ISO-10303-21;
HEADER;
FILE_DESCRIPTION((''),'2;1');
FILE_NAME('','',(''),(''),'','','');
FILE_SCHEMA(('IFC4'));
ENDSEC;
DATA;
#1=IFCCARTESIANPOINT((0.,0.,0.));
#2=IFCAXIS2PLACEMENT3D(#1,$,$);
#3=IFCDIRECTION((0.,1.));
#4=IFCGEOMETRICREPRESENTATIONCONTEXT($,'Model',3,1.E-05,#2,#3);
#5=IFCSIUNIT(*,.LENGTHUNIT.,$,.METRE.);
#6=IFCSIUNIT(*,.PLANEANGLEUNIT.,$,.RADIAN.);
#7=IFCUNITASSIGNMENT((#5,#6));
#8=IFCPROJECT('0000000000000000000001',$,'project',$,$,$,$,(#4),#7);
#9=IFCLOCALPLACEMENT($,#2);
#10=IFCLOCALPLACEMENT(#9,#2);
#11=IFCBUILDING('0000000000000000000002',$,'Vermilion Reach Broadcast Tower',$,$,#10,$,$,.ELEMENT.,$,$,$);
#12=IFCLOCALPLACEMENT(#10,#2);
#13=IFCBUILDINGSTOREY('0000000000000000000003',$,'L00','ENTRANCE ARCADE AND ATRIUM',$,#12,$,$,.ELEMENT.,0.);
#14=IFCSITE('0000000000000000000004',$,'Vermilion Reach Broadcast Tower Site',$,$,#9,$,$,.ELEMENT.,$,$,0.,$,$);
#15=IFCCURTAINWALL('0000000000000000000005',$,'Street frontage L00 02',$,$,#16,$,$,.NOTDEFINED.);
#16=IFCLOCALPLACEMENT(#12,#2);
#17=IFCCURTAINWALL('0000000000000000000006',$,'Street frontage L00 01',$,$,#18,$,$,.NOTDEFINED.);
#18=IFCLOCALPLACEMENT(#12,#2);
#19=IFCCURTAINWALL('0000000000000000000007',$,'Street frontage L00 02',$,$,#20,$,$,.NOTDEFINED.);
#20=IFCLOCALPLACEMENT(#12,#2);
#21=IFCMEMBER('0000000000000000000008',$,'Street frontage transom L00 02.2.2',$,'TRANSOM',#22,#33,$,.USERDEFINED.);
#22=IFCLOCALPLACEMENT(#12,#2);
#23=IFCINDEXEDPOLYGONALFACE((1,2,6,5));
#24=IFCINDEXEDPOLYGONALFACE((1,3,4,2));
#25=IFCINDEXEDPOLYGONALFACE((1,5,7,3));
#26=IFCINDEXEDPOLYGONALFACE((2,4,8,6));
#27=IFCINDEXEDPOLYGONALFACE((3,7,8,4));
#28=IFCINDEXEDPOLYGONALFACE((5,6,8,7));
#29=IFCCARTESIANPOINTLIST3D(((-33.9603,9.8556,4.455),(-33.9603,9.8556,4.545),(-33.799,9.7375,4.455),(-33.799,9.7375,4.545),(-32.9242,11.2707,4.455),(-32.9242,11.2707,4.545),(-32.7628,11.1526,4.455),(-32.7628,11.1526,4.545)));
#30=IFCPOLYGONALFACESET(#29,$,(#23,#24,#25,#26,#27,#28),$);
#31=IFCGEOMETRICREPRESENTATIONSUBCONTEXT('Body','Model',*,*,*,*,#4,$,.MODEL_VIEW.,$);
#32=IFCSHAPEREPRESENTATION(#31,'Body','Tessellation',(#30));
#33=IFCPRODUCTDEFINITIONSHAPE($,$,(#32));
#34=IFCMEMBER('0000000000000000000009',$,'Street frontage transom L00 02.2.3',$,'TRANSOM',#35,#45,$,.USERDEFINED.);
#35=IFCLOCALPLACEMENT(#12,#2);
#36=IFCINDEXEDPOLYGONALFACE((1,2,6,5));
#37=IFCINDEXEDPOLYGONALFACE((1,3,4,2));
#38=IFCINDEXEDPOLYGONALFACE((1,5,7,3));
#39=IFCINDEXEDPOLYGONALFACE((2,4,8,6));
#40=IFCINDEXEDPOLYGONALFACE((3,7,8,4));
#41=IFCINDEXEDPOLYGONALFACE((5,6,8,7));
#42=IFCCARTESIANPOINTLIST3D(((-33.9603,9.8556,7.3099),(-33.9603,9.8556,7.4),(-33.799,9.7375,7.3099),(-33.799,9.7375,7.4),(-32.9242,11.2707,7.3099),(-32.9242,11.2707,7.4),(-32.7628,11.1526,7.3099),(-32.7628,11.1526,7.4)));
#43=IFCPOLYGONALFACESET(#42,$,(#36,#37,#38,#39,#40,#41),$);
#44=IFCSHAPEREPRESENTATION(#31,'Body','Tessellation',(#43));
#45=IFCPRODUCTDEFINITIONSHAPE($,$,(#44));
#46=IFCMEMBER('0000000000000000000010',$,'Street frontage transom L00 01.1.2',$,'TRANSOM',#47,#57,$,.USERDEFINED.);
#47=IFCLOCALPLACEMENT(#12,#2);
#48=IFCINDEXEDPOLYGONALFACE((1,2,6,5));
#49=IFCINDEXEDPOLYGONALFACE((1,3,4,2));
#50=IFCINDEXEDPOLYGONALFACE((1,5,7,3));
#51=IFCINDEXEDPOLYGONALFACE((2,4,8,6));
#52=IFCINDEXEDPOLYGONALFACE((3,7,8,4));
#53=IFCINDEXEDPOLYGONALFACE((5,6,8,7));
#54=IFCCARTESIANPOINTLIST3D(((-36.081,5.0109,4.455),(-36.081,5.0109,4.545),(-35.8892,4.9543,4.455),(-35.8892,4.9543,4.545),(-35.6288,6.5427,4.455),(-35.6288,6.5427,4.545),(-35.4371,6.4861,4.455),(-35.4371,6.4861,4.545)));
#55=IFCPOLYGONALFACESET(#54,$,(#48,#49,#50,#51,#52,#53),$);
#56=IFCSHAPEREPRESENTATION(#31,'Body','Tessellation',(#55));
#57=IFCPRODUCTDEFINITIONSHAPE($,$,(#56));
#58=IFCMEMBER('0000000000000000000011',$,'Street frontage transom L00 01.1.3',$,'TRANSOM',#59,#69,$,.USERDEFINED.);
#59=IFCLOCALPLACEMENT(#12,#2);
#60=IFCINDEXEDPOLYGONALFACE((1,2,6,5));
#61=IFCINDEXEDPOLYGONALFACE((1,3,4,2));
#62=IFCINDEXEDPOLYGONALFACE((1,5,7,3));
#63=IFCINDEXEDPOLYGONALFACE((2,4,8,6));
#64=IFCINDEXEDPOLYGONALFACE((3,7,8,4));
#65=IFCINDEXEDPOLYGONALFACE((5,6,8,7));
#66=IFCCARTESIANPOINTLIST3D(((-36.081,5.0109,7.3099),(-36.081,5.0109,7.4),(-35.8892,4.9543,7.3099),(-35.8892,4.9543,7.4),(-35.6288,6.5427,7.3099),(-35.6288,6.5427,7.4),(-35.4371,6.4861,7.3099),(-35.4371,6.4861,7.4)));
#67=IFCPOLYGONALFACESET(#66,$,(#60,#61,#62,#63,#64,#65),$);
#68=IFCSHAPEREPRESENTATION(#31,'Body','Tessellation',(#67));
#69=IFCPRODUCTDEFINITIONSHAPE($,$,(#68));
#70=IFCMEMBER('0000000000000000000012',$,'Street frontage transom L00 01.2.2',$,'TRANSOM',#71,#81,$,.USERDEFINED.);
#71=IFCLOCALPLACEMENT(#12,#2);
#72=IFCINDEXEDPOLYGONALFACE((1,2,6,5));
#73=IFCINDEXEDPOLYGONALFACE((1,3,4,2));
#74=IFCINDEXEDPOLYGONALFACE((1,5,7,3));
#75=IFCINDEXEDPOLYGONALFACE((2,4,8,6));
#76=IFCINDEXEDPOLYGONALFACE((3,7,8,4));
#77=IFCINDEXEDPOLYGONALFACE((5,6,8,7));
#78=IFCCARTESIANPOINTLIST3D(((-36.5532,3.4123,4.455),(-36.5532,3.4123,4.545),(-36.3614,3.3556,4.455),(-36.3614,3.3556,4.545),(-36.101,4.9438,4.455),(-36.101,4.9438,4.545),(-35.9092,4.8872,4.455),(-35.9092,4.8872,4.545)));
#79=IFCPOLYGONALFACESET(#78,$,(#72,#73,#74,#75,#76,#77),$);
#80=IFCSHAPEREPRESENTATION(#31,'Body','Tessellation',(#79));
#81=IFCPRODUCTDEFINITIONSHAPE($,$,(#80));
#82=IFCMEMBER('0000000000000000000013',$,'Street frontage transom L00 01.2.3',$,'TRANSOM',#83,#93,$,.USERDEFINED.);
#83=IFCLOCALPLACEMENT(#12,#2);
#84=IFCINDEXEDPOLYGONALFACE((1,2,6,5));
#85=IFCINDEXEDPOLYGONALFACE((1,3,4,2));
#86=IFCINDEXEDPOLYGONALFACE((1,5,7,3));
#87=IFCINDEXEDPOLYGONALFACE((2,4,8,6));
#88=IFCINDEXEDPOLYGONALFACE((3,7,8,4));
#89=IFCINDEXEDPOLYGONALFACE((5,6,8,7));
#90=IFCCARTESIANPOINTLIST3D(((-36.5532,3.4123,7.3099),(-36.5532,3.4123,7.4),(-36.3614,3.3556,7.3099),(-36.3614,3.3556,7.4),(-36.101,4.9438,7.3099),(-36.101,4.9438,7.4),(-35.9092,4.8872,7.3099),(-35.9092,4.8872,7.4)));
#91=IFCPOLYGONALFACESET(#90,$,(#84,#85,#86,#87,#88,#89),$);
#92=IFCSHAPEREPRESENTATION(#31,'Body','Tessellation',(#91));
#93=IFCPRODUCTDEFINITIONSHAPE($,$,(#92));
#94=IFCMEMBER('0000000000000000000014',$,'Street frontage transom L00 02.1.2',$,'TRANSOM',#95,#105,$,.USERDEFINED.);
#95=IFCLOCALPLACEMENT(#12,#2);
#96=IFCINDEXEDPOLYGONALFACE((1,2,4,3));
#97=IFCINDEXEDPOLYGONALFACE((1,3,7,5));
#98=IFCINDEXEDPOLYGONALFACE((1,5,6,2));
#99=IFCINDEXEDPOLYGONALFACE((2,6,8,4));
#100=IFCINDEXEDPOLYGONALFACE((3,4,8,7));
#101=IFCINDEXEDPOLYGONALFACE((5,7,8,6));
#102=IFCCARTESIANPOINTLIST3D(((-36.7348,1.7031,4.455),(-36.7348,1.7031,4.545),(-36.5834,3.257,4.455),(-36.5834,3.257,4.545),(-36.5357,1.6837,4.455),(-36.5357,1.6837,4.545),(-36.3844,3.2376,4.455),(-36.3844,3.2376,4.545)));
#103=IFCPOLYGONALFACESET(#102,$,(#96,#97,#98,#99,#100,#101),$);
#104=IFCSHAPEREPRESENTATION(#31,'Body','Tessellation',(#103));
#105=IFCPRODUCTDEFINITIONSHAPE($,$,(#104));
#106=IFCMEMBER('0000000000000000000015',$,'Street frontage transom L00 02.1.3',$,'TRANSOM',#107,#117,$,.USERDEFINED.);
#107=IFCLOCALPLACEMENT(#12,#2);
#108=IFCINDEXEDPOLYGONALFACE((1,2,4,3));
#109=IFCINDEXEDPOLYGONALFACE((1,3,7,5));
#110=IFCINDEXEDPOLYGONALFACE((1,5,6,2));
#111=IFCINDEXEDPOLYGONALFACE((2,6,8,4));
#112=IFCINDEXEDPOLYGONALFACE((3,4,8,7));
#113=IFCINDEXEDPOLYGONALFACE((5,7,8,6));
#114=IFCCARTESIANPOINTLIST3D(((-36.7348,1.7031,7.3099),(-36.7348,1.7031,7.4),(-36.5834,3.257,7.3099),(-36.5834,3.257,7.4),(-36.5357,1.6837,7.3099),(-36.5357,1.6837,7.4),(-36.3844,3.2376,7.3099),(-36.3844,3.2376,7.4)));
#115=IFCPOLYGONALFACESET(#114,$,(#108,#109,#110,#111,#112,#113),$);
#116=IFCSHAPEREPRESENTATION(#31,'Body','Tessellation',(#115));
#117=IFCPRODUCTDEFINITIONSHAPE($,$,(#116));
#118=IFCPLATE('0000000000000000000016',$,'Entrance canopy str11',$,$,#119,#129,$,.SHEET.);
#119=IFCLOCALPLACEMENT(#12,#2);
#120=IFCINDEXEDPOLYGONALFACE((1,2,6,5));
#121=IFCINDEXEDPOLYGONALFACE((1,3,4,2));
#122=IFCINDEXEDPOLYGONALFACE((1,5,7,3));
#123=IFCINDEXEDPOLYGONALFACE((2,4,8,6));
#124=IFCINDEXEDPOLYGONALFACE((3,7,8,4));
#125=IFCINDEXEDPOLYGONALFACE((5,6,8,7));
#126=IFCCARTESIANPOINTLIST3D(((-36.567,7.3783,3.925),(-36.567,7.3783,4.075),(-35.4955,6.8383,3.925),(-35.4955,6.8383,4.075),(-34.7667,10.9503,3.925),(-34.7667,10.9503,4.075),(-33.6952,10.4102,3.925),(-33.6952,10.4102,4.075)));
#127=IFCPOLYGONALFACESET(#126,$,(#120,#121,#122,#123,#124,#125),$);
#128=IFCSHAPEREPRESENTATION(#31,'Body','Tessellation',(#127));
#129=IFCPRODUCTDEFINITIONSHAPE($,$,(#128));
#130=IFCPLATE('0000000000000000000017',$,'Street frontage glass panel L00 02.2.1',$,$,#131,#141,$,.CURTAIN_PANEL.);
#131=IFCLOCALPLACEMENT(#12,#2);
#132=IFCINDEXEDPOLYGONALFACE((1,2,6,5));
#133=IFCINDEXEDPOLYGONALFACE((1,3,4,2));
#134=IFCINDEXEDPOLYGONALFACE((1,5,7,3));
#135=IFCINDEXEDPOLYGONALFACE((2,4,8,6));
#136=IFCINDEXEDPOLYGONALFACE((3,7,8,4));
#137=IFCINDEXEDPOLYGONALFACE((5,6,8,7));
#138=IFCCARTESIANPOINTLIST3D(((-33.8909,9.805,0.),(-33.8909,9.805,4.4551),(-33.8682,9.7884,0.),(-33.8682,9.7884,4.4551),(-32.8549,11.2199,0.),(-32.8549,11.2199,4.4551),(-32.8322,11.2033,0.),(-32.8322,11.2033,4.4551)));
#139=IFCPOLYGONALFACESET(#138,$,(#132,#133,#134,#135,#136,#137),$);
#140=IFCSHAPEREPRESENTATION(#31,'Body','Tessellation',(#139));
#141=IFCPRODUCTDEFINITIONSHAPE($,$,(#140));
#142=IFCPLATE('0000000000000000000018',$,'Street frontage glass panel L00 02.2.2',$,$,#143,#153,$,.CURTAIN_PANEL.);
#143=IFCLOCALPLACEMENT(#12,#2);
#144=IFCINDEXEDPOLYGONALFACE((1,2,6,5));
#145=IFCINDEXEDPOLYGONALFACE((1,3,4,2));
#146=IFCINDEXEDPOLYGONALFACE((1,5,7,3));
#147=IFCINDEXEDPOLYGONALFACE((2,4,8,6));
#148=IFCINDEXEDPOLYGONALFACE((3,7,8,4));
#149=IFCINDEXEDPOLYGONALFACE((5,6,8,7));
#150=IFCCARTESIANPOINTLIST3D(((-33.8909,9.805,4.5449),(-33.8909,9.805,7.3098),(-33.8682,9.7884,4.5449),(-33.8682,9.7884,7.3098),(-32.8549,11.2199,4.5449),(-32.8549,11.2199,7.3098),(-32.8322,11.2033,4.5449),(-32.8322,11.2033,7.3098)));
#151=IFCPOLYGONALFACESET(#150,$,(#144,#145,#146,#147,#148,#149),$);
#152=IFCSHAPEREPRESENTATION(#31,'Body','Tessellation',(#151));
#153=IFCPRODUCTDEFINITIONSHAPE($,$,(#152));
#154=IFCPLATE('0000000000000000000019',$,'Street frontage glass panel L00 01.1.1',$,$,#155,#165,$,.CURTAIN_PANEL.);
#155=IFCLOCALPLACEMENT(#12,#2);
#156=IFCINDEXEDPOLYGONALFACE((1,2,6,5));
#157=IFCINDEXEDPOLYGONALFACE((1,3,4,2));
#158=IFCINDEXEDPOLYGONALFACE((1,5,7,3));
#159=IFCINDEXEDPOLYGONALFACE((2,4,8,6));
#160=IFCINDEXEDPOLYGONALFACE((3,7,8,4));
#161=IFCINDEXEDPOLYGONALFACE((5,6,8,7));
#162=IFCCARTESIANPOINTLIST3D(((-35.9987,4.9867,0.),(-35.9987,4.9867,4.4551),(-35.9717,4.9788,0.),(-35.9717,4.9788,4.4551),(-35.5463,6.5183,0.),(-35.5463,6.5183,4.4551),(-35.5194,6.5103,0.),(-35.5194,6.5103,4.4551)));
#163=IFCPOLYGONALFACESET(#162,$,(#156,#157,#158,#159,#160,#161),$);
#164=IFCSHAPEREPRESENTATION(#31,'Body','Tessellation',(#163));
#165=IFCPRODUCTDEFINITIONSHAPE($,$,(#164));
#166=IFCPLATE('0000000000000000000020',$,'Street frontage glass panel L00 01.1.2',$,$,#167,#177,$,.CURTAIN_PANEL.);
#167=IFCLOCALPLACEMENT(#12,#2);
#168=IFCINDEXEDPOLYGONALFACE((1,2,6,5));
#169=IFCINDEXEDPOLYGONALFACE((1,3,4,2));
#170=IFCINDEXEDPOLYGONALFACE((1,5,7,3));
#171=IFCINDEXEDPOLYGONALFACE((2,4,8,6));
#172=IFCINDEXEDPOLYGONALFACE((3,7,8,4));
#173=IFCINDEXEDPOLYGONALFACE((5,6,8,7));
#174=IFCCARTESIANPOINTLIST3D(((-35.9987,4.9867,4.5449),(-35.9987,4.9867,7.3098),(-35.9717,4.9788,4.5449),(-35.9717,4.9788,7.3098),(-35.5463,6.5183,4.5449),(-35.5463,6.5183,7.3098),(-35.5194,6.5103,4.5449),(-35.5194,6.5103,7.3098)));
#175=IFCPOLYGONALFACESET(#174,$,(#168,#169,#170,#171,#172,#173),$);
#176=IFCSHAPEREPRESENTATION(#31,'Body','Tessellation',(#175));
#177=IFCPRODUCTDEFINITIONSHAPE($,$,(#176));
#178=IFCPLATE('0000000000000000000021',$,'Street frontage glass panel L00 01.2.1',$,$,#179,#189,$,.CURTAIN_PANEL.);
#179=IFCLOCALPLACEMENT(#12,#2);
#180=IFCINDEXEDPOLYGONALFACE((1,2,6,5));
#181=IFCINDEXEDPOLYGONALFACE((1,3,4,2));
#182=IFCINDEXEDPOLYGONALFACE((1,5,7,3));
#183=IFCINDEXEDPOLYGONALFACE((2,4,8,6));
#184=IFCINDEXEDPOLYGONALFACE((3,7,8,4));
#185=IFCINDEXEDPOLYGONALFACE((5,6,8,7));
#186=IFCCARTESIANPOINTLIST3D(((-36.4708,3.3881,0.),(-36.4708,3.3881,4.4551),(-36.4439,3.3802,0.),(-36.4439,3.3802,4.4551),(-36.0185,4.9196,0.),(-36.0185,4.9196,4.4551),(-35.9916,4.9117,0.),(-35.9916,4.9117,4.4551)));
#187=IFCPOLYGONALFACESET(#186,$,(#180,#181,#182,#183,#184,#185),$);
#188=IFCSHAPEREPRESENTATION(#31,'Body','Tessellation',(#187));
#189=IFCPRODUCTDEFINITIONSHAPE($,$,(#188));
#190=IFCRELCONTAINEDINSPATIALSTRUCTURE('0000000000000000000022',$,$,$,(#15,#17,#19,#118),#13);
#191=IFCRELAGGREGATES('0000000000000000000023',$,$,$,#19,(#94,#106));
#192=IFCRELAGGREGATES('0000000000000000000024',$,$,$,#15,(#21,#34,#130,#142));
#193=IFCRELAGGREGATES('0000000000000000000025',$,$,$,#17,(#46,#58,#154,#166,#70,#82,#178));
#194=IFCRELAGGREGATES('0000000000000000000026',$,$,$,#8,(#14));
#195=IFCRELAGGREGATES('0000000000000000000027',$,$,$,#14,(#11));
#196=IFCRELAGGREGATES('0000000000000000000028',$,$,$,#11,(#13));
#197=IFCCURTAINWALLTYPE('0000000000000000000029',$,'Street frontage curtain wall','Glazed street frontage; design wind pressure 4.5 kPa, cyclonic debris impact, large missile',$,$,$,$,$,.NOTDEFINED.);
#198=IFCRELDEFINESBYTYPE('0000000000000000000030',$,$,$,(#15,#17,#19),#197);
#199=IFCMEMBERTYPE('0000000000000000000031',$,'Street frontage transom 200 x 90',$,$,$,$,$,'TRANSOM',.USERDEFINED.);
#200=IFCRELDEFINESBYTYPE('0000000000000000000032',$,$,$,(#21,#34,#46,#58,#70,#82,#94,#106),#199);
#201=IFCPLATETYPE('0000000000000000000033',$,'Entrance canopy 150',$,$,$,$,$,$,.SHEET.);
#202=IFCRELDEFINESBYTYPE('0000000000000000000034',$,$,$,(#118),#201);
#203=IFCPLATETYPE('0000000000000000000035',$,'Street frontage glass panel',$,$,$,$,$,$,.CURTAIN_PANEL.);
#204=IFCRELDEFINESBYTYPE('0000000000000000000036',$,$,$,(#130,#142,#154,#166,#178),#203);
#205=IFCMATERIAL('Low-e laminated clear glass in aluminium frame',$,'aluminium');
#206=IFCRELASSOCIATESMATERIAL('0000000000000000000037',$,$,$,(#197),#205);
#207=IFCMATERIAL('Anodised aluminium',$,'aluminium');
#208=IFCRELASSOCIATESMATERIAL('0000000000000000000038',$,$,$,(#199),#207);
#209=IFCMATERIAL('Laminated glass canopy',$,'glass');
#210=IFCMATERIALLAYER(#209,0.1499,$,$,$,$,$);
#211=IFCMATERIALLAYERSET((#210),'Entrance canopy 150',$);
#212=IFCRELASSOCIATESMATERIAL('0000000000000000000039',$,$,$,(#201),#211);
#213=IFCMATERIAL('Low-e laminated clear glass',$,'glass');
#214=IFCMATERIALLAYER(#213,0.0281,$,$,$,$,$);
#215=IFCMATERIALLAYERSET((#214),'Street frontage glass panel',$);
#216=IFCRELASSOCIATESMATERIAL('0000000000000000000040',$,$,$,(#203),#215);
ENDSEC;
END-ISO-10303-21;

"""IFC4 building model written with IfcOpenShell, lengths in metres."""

from ifc_helpers import new_model, si_unit, direction, frame, origin, origin_2d, place, context, subcontext, project, spatial, rectangle, extrude, material, layer, layer_set, material_profile, profile_set, type_object, element, aggregate, save


model = new_model("IFC4")

# Units and contexts
model_context = context("Model", 3, precision=1e-05, world=origin(), true_north=direction((0.0, 1.0)))
body_context = subcontext(model_context, "Body", "Model", "MODEL_VIEW")
ifc_project = project(units=[si_unit("LENGTHUNIT", "METRE"), si_unit("PLANEANGLEUNIT", "RADIAN")], contexts=[model_context])

# Site, building, storey
site_placement = place(None, origin())
site = spatial("IfcSite", under=ifc_project, at=site_placement, Name="Vermilion Reach Broadcast Tower Site", CompositionType="ELEMENT", RefElevation=0.0)
building_placement = place(site_placement, origin())
building = spatial("IfcBuilding", under=site, at=building_placement, Name="Vermilion Reach Broadcast Tower", CompositionType="ELEMENT")
storey_placement = place(building_placement, origin())
storey = spatial("IfcBuildingStorey", under=building, at=storey_placement, Name="L00", Description="ENTRANCE ARCADE AND ATRIUM", CompositionType="ELEMENT", Elevation=0.0)

# Curtain walls
ifc_material_1 = material(Name="Low-e laminated clear glass in aluminium frame", Category="aluminium")
curtain_wall_type = type_object("IfcCurtainWallType", Name="Street frontage curtain wall", Description="Glazed street frontage; design wind pressure 4.5 kPa, cyclonic debris impact, large missile", PredefinedType="NOTDEFINED", material=ifc_material_1)
placement = place(storey_placement, origin())
curtain_wall_1 = element("IfcCurtainWall", 1, at=placement, inside=storey, type_object=curtain_wall_type, Name="Street frontage L00 02", PredefinedType="NOTDEFINED")
curtain_wall_2 = element("IfcCurtainWall", 2, at=placement, inside=storey, type_object=curtain_wall_type, Name="Street frontage L00 01", PredefinedType="NOTDEFINED")

# Curtain wall
curtain_wall_3 = element("IfcCurtainWall", 3, at=placement, inside=storey, type_object=curtain_wall_type, Name="Street frontage L00 02", PredefinedType="NOTDEFINED")

# Members
ifc_material_2 = material(Name="Anodised aluminium", Category="aluminium")
ifc_material_profile_1 = material_profile(ifc_material_2, rectangle(XDim=0.2, YDim=0.0901, at=origin_2d()), Name="Street frontage transom 200 x 90")
ifc_profile_set_1 = profile_set([ifc_material_profile_1], Name="Anodised aluminium")
member_type_1 = type_object("IfcMemberType", Name="Street frontage transom 200 x 90", ElementType="TRANSOM", PredefinedType="USERDEFINED", material=ifc_profile_set_1)
member_1_placement = place(storey_placement, frame((-32.8435, 11.2117, 4.5), z_axis=(-0.590784, -0.80683, 0.0), x_axis=(0.80683, -0.590784, 0.0)))
member_1 = element("IfcMember", 4, at=member_1_placement, type_object=member_type_1, Name="Street frontage transom L00 02.2.2", ObjectType="TRANSOM", PredefinedType="USERDEFINED", context=body_context, shape_type="SweptSolid", body=[
    extrude(rectangle(XDim=0.2, YDim=0.0901, at=origin_2d()), origin(), (0.0, 0.0, 1.0), 1.7539),
])
member_2_placement = place(storey_placement, frame((-32.8435, 11.2117, 7.355), z_axis=(-0.590784, -0.80683, 0.0), x_axis=(0.80683, -0.590784, 0.0)))
member_2 = element("IfcMember", 5, at=member_2_placement, type_object=member_type_1, Name="Street frontage transom L00 02.2.3", ObjectType="TRANSOM", PredefinedType="USERDEFINED", context=body_context, shape_type="SweptSolid", body=[
    extrude(rectangle(XDim=0.2, YDim=0.0901, at=origin_2d()), origin(), (0.0, 0.0, 1.0), 1.7539),
])
member_3_placement = place(storey_placement, frame((-35.533, 6.5144, 4.5), z_axis=(-0.28311, -0.959088, 0.0), x_axis=(0.959088, -0.28311, 0.0)))
member_3 = element("IfcMember", 6, at=member_3_placement, type_object=member_type_1, Name="Street frontage transom L00 01.1.2", ObjectType="TRANSOM", PredefinedType="USERDEFINED", context=body_context, shape_type="SweptSolid", body=[
    extrude(rectangle(XDim=0.2, YDim=0.0901, at=origin_2d()), origin(), (0.0, 0.0, 1.0), 1.5972),
])
member_4_placement = place(storey_placement, frame((-35.533, 6.5144, 7.355), z_axis=(-0.28311, -0.959088, 0.0), x_axis=(0.959088, -0.28311, 0.0)))
member_4 = element("IfcMember", 7, at=member_4_placement, type_object=member_type_1, Name="Street frontage transom L00 01.1.3", ObjectType="TRANSOM", PredefinedType="USERDEFINED", context=body_context, shape_type="SweptSolid", body=[
    extrude(rectangle(XDim=0.2, YDim=0.0901, at=origin_2d()), origin(), (0.0, 0.0, 1.0), 1.5972),
])
member_5_placement = place(storey_placement, frame((-36.0051, 4.9155, 4.5), z_axis=(-0.283151, -0.959075, 0.0), x_axis=(0.959075, -0.283151, 0.0)))
member_5 = element("IfcMember", 8, at=member_5_placement, type_object=member_type_1, Name="Street frontage transom L00 01.2.2", ObjectType="TRANSOM", PredefinedType="USERDEFINED", context=body_context, shape_type="SweptSolid", body=[
    extrude(rectangle(XDim=0.2, YDim=0.0901, at=origin_2d()), origin(), (0.0, 0.0, 1.0), 1.5969),
])
member_6_placement = place(storey_placement, frame((-36.0051, 4.9155, 7.355), z_axis=(-0.283151, -0.959075, 0.0), x_axis=(0.959075, -0.283151, 0.0)))
member_6 = element("IfcMember", 9, at=member_6_placement, type_object=member_type_1, Name="Street frontage transom L00 01.2.3", ObjectType="TRANSOM", PredefinedType="USERDEFINED", context=body_context, shape_type="SweptSolid", body=[
    extrude(rectangle(XDim=0.2, YDim=0.0901, at=origin_2d()), origin(), (0.0, 0.0, 1.0), 1.5969),
])
member_7_placement = place(storey_placement, frame((-36.4839, 3.2473, 4.5), z_axis=(-0.096949, -0.995289, 0.0), x_axis=(0.995289, -0.096949, 0.0)))
member_7 = element("IfcMember", 10, at=member_7_placement, type_object=member_type_1, Name="Street frontage transom L00 02.1.2", ObjectType="TRANSOM", PredefinedType="USERDEFINED", context=body_context, shape_type="SweptSolid", body=[
    extrude(rectangle(XDim=0.2, YDim=0.0901, at=origin_2d()), origin(), (0.0, 0.0, 1.0), 1.5613),
])
member_8_placement = place(storey_placement, frame((-36.4839, 3.2473, 7.355), z_axis=(-0.096949, -0.995289, 0.0), x_axis=(0.995289, -0.096949, 0.0)))
member_8 = element("IfcMember", 11, at=member_8_placement, type_object=member_type_1, Name="Street frontage transom L00 02.1.3", ObjectType="TRANSOM", PredefinedType="USERDEFINED", context=body_context, shape_type="SweptSolid", body=[
    extrude(rectangle(XDim=0.2, YDim=0.0901, at=origin_2d()), origin(), (0.0, 0.0, 1.0), 1.5613),
])
aggregate(curtain_wall_3, [member_7, member_8])

# Plates
ifc_material_3 = material(Name="Laminated glass canopy", Category="glass")
ifc_layer_1 = layer(ifc_material_3, 0.1499)
ifc_layer_set_1 = layer_set([ifc_layer_1], Name="Entrance canopy 150")
plate_type_1 = type_object("IfcPlateType", Name="Entrance canopy 150", PredefinedType="SHEET", material=ifc_layer_set_1)
plate_1_placement = place(storey_placement, frame((-35.1311, 8.8943, 3.925), z_axis=(0.0, 0.0, 1.0), x_axis=(0.450072, 0.892992, 0.0)))
element("IfcPlate", 12, at=plate_1_placement, inside=storey, type_object=plate_type_1, Name="Entrance canopy str11", PredefinedType="SHEET", context=body_context, shape_type="SweptSolid", body=[
    extrude(rectangle(XDim=4.0, YDim=1.2, at=origin_2d()), origin(), (0.0, 0.0, 1.0), 0.1499),
])
ifc_material_4 = material(Name="Low-e laminated clear glass", Category="glass")
ifc_layer_2 = layer(ifc_material_4, 0.0281)
ifc_layer_set_2 = layer_set([ifc_layer_2], Name="Street frontage glass panel")
plate_type_2 = type_object("IfcPlateType", Name="Street frontage glass panel", PredefinedType="CURTAIN_PANEL", material=ifc_layer_set_2)
plate_2_placement = place(storey_placement, frame((-33.3616, 10.5042, 0.0), z_axis=(0.0, 0.0, 1.0), x_axis=(-0.59076, -0.806847, 0.0)))
plate_2 = element("IfcPlate", 13, at=plate_2_placement, type_object=plate_type_2, Name="Street frontage glass panel L00 02.2.1", PredefinedType="CURTAIN_PANEL", context=body_context, shape_type="SweptSolid", body=[
    extrude(rectangle(XDim=1.7537, YDim=0.0281, at=origin_2d()), origin(), (0.0, 0.0, 1.0), 4.4551),
])
plate_3_placement = place(storey_placement, frame((-33.3616, 10.5042, 4.5449), z_axis=(0.0, 0.0, 1.0), x_axis=(-0.59076, -0.806847, 0.0)))
plate_3 = element("IfcPlate", 14, at=plate_3_placement, type_object=plate_type_2, Name="Street frontage glass panel L00 02.2.2", PredefinedType="CURTAIN_PANEL", context=body_context, shape_type="SweptSolid", body=[
    extrude(rectangle(XDim=1.7537, YDim=0.0281, at=origin_2d()), origin(), (0.0, 0.0, 1.0), 2.7649),
])
aggregate(curtain_wall_1, [member_1, member_2, plate_2, plate_3])
plate_4_placement = place(storey_placement, frame((-35.759, 5.7485, 0.0), z_axis=(0.0, 0.0, 1.0), x_axis=(-0.283245, -0.959048, 0.0)))
plate_4 = element("IfcPlate", 15, at=plate_4_placement, type_object=plate_type_2, Name="Street frontage glass panel L00 01.1.1", PredefinedType="CURTAIN_PANEL", context=body_context, shape_type="SweptSolid", body=[
    extrude(rectangle(XDim=1.5969, YDim=0.0281, at=origin_2d()), origin(), (0.0, 0.0, 1.0), 4.4551),
])
plate_5_placement = place(storey_placement, frame((-35.759, 5.7485, 4.5449), z_axis=(0.0, 0.0, 1.0), x_axis=(-0.283245, -0.959048, 0.0)))
plate_5 = element("IfcPlate", 16, at=plate_5_placement, type_object=plate_type_2, Name="Street frontage glass panel L00 01.1.2", PredefinedType="CURTAIN_PANEL", context=body_context, shape_type="SweptSolid", body=[
    extrude(rectangle(XDim=1.5969, YDim=0.0281, at=origin_2d()), origin(), (0.0, 0.0, 1.0), 2.7649),
])
plate_6_placement = place(storey_placement, frame((-36.2312, 4.1499, 0.0), z_axis=(0.0, 0.0, 1.0), x_axis=(-0.283245, -0.959048, 0.0)))
plate_6 = element("IfcPlate", 17, at=plate_6_placement, type_object=plate_type_2, Name="Street frontage glass panel L00 01.2.1", PredefinedType="CURTAIN_PANEL", context=body_context, shape_type="SweptSolid", body=[
    extrude(rectangle(XDim=1.5969, YDim=0.0281, at=origin_2d()), origin(), (0.0, 0.0, 1.0), 4.4551),
])
aggregate(curtain_wall_2, [member_3, member_4, plate_4, plate_5, member_5, member_6, plate_6])

save(model, "model.ifc")
